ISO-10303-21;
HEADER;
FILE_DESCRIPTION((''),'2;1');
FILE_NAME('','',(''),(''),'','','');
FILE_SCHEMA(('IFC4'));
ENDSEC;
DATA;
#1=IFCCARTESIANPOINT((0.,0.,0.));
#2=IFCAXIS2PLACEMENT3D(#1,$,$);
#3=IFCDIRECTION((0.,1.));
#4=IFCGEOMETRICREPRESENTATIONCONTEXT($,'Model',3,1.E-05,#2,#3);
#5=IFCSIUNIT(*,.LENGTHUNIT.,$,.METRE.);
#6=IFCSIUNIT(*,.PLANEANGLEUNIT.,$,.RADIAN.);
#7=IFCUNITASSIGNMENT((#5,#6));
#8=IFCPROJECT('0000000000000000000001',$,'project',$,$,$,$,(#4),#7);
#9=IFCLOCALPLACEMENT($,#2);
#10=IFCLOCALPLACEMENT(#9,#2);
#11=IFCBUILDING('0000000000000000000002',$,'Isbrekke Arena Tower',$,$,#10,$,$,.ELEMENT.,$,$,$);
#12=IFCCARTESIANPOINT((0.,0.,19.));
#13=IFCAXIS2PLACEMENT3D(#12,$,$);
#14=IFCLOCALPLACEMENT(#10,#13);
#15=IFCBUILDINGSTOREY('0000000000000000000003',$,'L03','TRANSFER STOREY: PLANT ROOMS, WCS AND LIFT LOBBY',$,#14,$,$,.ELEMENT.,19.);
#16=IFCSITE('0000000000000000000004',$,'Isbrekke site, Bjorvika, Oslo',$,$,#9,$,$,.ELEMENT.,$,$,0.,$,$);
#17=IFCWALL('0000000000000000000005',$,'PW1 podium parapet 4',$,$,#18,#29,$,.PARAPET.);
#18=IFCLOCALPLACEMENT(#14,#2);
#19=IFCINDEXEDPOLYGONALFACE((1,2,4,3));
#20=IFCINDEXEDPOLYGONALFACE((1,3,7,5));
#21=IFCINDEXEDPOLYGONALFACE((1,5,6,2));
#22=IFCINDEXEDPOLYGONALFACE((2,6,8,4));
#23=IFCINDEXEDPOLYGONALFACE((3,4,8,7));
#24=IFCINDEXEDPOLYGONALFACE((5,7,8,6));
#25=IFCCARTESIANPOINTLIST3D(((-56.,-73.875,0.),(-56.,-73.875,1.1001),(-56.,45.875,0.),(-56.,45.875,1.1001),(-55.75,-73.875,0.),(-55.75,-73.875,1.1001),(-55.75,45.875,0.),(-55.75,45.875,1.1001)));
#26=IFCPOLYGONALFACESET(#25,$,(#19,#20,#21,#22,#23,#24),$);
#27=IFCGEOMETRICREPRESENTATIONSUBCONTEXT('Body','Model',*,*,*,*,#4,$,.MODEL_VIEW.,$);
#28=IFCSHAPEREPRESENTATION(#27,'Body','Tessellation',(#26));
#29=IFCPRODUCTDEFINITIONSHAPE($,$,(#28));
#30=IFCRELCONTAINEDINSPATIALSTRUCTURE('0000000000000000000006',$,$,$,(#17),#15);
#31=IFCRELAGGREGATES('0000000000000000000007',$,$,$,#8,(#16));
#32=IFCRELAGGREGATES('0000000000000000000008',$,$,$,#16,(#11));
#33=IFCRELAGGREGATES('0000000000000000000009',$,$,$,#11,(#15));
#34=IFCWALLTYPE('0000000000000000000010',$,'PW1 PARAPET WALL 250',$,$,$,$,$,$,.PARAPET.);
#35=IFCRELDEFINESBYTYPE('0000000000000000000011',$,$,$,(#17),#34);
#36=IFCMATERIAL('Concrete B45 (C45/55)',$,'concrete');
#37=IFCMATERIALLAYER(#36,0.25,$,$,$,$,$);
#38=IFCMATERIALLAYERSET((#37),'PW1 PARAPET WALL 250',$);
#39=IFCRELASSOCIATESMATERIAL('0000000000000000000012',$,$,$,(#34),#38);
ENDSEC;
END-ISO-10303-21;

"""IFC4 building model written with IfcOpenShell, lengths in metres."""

from ifc_helpers import new_model, si_unit, direction, frame, frame_2d, origin, place, context, subcontext, project, spatial, rectangle, extrude, material, layer, layer_set, type_object, element, save


model = new_model("IFC4")

# Units and contexts
model_context = context("Model", 3, precision=1e-05, world=origin(), true_north=direction((0.0, 1.0)))
body_context = subcontext(model_context, "Body", "Model", "MODEL_VIEW")
ifc_project = project(units=[si_unit("LENGTHUNIT", "METRE"), si_unit("PLANEANGLEUNIT", "RADIAN")], contexts=[model_context])

# Site, building, storey
site_placement = place(None, origin())
site = spatial("IfcSite", under=ifc_project, at=site_placement, Name="Isbrekke site, Bjorvika, Oslo", CompositionType="ELEMENT", RefElevation=0.0)
building_placement = place(site_placement, origin())
building = spatial("IfcBuilding", under=site, at=building_placement, Name="Isbrekke Arena Tower", CompositionType="ELEMENT")
storey_placement = place(building_placement, frame((0.0, 0.0, 19.0)))
storey = spatial("IfcBuildingStorey", under=building, at=storey_placement, Name="L03", Description="TRANSFER STOREY: PLANT ROOMS, WCS AND LIFT LOBBY", CompositionType="ELEMENT", Elevation=19.0)

# Wall
ifc_material_1 = material(Name="Concrete B45 (C45/55)", Category="concrete")
ifc_layer_1 = layer(ifc_material_1, 0.25)
ifc_layer_set_1 = layer_set([ifc_layer_1], Name="PW1 PARAPET WALL 250")
wall_type_1 = type_object("IfcWallType", Name="PW1 PARAPET WALL 250", PredefinedType="PARAPET", material=ifc_layer_set_1)
wall_1_placement = place(storey_placement, frame((-55.875, 45.875, 0.0), z_axis=(0.0, 0.0, 1.0), x_axis=(0.0, -1.0, 0.0)))
element("IfcWall", 1, at=wall_1_placement, inside=storey, type_object=wall_type_1, Name="PW1 podium parapet 4", PredefinedType="PARAPET", context=body_context, shape_type="SweptSolid", body=[
    extrude(rectangle(XDim=119.75, YDim=0.25, at=frame_2d((59.875, 0.0))), origin(), (0.0, 0.0, 1.0), 1.1001),
])

save(model, "model.ifc")
